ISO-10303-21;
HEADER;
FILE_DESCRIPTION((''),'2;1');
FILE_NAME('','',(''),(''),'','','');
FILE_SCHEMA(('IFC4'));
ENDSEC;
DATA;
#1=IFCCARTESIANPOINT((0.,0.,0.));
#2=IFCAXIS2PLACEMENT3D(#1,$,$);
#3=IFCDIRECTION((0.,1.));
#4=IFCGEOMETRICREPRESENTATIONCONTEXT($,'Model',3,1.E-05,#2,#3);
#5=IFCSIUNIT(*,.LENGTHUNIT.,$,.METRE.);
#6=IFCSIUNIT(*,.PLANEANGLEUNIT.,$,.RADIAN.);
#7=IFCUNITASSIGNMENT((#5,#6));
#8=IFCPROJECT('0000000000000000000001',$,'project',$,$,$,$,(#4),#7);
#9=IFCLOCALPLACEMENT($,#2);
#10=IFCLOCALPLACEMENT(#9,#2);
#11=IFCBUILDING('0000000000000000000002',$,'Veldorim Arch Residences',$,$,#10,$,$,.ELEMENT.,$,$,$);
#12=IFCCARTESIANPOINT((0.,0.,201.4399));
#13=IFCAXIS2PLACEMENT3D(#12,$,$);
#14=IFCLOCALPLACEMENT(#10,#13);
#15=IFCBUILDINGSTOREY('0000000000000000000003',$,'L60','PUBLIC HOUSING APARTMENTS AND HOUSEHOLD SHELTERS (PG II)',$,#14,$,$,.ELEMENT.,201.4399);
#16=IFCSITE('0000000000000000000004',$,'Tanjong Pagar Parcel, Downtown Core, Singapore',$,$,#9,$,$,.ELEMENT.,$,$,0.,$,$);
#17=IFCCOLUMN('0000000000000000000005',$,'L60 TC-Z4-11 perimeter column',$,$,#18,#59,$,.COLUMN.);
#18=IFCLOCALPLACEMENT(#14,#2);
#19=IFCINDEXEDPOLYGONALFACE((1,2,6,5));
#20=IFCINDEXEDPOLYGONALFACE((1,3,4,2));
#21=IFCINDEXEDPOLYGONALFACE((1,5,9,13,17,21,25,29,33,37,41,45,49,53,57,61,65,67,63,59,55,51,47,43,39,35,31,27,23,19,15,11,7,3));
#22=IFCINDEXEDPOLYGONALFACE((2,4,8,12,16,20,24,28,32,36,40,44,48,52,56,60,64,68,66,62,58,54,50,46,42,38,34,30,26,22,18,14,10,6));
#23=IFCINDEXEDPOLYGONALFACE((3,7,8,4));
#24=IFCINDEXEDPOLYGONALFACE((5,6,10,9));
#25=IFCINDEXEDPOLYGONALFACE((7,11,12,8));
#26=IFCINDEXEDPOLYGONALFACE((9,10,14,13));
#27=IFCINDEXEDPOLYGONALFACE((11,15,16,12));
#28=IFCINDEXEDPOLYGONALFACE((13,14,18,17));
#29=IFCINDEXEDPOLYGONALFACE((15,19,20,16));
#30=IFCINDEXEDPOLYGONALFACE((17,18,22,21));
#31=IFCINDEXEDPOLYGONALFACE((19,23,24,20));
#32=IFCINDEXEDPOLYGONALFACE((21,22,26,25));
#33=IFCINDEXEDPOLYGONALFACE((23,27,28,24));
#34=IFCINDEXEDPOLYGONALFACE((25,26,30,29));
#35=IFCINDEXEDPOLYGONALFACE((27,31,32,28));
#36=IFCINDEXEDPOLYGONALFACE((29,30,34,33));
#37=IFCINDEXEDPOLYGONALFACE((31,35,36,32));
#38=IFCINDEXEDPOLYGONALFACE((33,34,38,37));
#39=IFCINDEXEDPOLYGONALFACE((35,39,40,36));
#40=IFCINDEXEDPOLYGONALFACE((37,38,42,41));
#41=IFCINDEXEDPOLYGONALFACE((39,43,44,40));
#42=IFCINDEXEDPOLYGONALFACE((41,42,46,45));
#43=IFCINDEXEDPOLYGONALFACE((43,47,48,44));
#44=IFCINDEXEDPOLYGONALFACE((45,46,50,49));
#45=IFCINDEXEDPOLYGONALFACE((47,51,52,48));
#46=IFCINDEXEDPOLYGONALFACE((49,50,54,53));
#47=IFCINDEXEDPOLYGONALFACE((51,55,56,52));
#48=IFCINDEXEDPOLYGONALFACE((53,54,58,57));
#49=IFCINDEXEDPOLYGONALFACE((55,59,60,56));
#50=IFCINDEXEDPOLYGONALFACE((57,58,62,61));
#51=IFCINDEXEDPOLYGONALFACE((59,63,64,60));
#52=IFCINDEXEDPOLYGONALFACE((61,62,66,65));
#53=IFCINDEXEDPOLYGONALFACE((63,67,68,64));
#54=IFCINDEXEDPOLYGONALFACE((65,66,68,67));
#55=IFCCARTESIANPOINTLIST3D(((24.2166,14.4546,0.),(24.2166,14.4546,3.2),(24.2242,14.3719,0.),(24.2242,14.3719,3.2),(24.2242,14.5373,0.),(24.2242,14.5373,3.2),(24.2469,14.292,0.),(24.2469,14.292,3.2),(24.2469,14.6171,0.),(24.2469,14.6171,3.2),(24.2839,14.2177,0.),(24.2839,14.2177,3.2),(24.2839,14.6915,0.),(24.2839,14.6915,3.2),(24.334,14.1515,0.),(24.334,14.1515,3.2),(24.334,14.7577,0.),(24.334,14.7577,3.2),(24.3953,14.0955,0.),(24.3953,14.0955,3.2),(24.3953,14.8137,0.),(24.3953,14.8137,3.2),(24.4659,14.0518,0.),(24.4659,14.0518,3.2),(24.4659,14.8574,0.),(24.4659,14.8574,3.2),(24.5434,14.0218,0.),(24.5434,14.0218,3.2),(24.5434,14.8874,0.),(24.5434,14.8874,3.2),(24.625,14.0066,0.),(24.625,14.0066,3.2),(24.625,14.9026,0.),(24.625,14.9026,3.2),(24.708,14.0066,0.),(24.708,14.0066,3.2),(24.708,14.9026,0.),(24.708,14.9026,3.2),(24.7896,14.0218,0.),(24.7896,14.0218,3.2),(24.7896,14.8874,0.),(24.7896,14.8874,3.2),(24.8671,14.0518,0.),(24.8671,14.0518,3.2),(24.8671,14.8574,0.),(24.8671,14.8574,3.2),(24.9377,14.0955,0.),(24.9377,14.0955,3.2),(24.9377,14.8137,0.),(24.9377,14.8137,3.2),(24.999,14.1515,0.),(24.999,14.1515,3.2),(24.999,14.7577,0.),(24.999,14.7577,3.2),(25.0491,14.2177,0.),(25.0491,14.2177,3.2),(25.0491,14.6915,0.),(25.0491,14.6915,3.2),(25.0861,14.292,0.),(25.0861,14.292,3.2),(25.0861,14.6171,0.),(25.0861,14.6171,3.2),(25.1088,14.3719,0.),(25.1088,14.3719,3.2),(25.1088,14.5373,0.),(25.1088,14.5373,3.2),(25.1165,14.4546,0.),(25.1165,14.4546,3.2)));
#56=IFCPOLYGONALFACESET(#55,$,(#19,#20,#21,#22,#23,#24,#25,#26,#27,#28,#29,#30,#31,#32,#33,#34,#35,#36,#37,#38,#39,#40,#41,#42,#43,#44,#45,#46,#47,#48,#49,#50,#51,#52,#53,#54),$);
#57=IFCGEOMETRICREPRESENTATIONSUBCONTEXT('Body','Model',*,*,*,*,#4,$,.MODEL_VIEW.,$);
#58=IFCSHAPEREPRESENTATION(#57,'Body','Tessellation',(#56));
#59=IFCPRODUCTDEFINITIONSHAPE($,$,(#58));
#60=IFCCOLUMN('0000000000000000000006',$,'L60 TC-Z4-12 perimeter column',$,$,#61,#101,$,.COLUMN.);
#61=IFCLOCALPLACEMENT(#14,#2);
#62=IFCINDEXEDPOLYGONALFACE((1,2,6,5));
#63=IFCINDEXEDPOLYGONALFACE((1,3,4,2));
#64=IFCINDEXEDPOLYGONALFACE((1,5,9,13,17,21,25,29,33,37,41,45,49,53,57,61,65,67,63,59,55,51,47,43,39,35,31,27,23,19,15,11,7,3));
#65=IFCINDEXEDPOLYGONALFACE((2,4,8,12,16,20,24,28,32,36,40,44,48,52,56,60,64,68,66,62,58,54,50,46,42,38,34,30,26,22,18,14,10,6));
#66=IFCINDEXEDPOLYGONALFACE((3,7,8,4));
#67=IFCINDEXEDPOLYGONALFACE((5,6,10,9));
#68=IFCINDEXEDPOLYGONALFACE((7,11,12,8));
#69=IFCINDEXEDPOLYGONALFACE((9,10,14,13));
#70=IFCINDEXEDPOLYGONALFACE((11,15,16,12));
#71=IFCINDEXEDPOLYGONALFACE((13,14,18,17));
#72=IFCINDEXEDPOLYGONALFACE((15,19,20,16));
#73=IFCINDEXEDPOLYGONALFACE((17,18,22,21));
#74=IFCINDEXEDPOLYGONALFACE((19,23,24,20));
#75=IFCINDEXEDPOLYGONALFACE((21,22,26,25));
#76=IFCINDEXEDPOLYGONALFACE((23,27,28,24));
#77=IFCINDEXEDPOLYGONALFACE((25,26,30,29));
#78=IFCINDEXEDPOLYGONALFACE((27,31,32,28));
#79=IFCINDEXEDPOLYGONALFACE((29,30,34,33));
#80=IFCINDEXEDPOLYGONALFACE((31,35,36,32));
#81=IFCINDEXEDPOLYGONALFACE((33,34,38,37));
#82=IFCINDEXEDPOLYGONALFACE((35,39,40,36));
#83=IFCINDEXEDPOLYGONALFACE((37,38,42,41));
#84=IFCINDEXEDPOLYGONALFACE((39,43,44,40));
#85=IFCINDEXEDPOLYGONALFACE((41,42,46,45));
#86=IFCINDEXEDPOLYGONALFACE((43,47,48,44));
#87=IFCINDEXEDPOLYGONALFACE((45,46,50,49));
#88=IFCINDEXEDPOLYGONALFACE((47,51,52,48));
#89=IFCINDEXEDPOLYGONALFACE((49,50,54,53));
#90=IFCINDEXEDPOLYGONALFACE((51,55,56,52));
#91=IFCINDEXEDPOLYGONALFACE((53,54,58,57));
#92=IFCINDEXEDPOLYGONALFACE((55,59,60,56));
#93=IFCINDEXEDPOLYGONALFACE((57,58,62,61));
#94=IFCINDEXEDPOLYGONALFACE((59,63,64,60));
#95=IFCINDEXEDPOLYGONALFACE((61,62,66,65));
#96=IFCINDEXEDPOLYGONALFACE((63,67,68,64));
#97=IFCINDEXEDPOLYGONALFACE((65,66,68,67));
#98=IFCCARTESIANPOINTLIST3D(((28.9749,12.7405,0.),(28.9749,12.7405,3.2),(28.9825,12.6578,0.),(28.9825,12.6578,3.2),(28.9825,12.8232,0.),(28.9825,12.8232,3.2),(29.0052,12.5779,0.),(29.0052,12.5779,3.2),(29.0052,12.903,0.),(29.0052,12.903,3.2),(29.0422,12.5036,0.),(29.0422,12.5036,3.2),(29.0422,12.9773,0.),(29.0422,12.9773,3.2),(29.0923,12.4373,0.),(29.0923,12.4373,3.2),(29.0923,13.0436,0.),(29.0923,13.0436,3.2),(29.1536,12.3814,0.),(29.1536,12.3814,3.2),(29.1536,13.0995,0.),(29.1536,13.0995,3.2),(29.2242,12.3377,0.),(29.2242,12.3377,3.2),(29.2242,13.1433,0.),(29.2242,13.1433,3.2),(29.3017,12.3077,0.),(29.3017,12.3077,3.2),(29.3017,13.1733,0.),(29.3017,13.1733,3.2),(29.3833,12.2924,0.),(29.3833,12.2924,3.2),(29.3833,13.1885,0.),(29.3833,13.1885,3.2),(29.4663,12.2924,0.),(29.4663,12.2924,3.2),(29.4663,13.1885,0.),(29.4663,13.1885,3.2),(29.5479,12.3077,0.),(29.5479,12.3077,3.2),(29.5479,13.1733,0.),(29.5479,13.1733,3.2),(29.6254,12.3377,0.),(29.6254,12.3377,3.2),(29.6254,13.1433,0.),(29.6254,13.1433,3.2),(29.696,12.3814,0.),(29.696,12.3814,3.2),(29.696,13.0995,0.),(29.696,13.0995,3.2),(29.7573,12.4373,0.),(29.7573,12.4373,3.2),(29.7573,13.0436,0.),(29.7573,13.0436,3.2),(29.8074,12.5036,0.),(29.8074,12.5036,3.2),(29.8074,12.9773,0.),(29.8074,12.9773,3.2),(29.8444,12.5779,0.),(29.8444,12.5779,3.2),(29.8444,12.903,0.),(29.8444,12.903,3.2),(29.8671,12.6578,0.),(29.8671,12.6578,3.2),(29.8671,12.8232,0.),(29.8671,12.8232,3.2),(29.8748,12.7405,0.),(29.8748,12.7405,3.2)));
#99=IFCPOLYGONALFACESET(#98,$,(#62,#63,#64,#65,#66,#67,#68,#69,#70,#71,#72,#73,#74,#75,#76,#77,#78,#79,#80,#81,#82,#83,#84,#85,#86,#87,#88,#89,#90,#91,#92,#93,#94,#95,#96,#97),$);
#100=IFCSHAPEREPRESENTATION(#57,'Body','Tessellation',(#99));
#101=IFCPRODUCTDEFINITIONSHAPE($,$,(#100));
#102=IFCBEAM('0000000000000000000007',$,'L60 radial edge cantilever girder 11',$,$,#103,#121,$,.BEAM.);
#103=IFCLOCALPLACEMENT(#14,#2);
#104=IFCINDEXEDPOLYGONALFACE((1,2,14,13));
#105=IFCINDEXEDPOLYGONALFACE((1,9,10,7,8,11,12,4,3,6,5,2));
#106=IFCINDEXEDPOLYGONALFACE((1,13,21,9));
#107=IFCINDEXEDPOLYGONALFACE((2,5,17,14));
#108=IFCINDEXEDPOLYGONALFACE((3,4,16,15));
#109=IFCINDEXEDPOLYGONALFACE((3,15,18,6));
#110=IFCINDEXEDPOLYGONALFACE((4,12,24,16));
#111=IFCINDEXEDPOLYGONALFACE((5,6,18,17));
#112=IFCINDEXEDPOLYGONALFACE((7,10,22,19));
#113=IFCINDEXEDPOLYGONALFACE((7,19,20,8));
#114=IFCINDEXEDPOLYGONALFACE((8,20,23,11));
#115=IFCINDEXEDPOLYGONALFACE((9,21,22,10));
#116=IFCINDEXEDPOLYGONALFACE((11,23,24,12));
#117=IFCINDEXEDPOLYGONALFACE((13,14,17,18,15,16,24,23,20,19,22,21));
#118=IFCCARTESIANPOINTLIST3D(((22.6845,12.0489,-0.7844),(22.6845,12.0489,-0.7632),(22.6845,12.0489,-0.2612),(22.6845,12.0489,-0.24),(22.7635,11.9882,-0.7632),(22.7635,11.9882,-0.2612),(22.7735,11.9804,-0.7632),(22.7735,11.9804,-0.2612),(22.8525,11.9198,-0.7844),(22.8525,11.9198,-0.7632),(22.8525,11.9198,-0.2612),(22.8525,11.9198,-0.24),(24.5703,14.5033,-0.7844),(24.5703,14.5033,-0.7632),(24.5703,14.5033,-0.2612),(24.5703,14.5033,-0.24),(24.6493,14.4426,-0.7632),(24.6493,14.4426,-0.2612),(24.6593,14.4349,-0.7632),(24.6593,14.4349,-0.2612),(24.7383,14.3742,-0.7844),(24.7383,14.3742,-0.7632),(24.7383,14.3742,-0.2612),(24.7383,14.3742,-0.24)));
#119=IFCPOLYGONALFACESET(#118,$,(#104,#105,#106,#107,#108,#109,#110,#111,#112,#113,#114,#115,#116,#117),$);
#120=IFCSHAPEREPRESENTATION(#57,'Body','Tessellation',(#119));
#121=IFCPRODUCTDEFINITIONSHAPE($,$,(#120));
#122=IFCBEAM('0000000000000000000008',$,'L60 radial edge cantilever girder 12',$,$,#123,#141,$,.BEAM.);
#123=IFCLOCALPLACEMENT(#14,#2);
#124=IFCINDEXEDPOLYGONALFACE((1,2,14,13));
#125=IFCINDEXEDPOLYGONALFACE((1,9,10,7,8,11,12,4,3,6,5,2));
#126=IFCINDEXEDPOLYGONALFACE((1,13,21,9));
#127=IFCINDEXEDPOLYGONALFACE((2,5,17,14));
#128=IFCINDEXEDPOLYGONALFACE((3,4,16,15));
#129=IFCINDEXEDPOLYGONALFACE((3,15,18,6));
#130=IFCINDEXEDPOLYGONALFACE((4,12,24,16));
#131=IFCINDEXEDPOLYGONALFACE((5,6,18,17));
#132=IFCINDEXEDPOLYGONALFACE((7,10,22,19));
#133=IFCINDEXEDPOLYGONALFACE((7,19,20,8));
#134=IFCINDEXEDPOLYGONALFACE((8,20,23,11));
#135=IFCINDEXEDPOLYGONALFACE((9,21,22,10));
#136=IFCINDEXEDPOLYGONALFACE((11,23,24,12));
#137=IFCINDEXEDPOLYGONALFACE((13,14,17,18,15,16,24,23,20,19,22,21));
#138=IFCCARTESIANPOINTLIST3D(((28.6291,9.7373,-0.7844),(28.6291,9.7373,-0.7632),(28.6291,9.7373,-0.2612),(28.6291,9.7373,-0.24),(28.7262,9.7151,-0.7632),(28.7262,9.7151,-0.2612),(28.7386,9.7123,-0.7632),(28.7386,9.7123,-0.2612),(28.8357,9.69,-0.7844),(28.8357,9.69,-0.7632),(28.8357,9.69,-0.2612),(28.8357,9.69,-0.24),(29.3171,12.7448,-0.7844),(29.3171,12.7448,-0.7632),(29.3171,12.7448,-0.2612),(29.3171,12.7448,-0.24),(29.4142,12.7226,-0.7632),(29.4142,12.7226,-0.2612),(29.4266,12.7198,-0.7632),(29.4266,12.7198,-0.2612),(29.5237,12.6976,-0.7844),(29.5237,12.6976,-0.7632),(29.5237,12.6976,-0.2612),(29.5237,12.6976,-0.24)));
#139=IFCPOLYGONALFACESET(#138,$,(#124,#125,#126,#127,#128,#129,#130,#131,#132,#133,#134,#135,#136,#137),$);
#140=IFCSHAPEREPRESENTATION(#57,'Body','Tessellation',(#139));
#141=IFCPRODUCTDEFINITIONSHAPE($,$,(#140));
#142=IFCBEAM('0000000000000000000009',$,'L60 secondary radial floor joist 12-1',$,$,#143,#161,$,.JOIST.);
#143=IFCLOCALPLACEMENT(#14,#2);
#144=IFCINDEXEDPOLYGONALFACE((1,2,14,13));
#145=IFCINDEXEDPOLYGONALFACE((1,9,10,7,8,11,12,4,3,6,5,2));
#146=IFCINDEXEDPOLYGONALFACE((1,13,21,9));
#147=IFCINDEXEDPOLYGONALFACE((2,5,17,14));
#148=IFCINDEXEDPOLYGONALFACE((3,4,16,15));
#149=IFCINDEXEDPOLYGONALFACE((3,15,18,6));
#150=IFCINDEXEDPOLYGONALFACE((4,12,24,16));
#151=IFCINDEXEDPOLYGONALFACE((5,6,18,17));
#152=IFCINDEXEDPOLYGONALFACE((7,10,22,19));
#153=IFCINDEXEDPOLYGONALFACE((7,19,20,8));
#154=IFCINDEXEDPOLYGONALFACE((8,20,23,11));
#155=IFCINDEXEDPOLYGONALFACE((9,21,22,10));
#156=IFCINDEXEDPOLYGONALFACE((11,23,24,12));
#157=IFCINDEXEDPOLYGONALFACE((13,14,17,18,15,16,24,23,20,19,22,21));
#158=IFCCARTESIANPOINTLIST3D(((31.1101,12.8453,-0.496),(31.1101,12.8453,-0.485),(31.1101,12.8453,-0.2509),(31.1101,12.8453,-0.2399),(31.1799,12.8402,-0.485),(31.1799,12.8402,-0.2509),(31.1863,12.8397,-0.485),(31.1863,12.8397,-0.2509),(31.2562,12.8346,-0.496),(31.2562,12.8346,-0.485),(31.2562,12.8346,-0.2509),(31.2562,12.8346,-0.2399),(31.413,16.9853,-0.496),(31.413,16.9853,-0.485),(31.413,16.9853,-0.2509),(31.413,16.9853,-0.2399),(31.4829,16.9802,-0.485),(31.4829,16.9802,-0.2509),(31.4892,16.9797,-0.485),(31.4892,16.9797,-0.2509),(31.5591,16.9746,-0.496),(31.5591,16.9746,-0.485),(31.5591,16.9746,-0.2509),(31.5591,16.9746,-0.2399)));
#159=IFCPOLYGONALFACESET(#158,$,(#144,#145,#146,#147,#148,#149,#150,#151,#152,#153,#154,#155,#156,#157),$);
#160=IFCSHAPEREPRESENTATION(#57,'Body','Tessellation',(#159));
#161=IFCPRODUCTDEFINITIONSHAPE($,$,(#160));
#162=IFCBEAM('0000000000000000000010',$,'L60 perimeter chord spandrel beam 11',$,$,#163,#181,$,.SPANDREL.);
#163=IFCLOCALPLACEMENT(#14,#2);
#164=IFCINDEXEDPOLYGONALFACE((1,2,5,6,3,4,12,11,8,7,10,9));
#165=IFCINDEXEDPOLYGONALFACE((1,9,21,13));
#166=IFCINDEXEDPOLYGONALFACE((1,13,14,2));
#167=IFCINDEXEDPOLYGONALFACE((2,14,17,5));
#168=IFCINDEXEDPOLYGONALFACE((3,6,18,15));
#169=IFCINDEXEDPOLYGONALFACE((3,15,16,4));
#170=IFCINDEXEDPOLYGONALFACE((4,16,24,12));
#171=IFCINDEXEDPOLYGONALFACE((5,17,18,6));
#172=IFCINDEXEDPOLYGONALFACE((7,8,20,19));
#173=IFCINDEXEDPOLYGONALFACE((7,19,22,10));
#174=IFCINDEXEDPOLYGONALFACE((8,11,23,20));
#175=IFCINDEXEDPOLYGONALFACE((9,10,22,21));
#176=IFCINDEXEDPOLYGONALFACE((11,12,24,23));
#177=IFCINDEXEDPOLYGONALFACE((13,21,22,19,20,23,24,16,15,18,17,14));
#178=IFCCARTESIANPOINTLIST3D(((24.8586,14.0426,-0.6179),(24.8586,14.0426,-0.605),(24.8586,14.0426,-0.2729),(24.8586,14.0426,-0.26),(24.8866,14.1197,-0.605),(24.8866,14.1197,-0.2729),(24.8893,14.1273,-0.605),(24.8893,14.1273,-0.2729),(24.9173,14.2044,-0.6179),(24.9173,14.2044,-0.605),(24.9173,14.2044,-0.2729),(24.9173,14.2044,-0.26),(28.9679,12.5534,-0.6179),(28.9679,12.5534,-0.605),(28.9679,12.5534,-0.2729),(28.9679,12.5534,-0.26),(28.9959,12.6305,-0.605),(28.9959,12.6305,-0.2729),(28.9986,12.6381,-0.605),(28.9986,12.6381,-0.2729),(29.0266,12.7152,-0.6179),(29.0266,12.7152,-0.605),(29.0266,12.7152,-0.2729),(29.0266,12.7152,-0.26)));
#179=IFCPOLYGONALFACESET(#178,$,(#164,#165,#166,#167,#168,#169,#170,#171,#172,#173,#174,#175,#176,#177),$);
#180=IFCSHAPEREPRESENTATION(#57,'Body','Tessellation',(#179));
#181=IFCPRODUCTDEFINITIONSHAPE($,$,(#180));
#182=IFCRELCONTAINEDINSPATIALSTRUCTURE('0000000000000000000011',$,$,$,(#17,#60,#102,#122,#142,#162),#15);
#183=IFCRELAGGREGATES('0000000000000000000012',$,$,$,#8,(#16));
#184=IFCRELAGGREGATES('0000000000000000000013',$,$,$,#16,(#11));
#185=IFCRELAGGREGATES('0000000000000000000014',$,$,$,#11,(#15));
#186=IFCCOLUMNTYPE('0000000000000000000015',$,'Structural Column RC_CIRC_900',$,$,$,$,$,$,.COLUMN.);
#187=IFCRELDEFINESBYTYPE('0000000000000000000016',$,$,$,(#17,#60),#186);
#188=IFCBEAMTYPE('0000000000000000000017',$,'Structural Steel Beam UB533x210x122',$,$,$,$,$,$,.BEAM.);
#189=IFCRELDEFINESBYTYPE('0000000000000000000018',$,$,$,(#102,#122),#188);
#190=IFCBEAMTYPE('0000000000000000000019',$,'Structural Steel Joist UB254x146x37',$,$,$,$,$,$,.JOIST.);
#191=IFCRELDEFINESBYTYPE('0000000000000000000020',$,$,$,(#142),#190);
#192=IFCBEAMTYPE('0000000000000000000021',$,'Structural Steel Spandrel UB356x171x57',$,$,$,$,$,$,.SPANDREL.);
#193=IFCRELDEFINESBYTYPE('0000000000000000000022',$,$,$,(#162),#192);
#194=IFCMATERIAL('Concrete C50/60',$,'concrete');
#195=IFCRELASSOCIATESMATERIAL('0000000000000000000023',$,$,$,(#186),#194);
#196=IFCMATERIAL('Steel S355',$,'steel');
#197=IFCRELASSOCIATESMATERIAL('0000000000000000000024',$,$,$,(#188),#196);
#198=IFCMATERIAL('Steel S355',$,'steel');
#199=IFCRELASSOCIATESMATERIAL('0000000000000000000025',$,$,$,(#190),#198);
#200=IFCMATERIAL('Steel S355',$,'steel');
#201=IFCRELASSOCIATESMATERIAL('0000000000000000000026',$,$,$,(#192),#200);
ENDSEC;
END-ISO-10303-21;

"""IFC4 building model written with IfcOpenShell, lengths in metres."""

from ifc_helpers import new_model, si_unit, direction, frame, origin, origin_2d, place, context, subcontext, project, spatial, circle, i_section, extrude, material, material_profile, profile_set, type_object, element, save


model = new_model("IFC4")

# Units and contexts
model_context = context("Model", 3, precision=1e-05, world=origin(), true_north=direction((0.0, 1.0)))
body_context = subcontext(model_context, "Body", "Model", "MODEL_VIEW")
ifc_project = project(units=[si_unit("LENGTHUNIT", "METRE"), si_unit("PLANEANGLEUNIT", "RADIAN")], contexts=[model_context])

# Site, building, storey
site_placement = place(None, origin())
site = spatial("IfcSite", under=ifc_project, at=site_placement, Name="Tanjong Pagar Parcel, Downtown Core, Singapore", CompositionType="ELEMENT", RefElevation=0.0)
building_placement = place(site_placement, origin())
building = spatial("IfcBuilding", under=site, at=building_placement, Name="Veldorim Arch Residences", CompositionType="ELEMENT")
storey_placement = place(building_placement, frame((0.0, 0.0, 201.4399)))
storey = spatial("IfcBuildingStorey", under=building, at=storey_placement, Name="L60", Description="PUBLIC HOUSING APARTMENTS AND HOUSEHOLD SHELTERS (PG II)", CompositionType="ELEMENT", Elevation=201.4399)

# Columns
ifc_material_1 = material(Name="Concrete C50/60", Category="concrete")
ifc_material_profile_1 = material_profile(ifc_material_1, circle(Radius=0.45, at=origin_2d()), Name="RC_CIRC_900")
ifc_profile_set_1 = profile_set([ifc_material_profile_1], Name="Concrete C50/60")
column_type = type_object("IfcColumnType", Name="Structural Column RC_CIRC_900", PredefinedType="COLUMN", material=ifc_profile_set_1)
for number, where, z_axis, x_axis, name in (
    (1, (24.6665, 14.4546, 0.0), (0.0, 0.0, 1.0), (1.0, 0.0, 0.0), "L60 TC-Z4-11 perimeter column"),
    (2, (29.4248, 12.7405, 0.0), (0.0, 0.0, 1.0), (1.0, 0.0, 0.0), "L60 TC-Z4-12 perimeter column"),
):
    element("IfcColumn", number, at=place(storey_placement, frame(where, z_axis=z_axis, x_axis=x_axis)), inside=storey, type_object=column_type, Name=name, PredefinedType="COLUMN", context=body_context, shape_type="SweptSolid", body=[
        extrude(circle(Radius=0.45, at=origin_2d()), origin(), (0.0, 0.0, 1.0), 3.2),
    ])

# Beams
ifc_material_2 = material(Name="Steel S355", Category="steel")
ifc_material_profile_2 = material_profile(ifc_material_2, i_section(OverallWidth=0.2119, OverallDepth=0.5444, WebThickness=0.0127, FlangeThickness=0.0212, at=origin_2d()), Name="UB533x210x122")
ifc_profile_set_2 = profile_set([ifc_material_profile_2], Name="Steel S355")
beam_type_1 = type_object("IfcBeamType", Name="Structural Steel Beam UB533x210x122", PredefinedType="BEAM", material=ifc_profile_set_2)
beam_1_placement = place(storey_placement, frame((24.6543, 14.4387, -0.5122), z_axis=(-0.609261, -0.79297, 0.0), x_axis=(0.79297, -0.609261, 0.0)))
element("IfcBeam", 3, at=beam_1_placement, inside=storey, type_object=beam_type_1, Name="L60 radial edge cantilever girder 11", PredefinedType="BEAM", context=body_context, shape_type="SweptSolid", body=[
    extrude(i_section(OverallWidth=0.2119, OverallDepth=0.5444, WebThickness=0.0127, FlangeThickness=0.0212, at=origin_2d()), origin(), (0.0, 0.0, 1.0), 3.0952),
])
beam_2_placement = place(storey_placement, frame((29.4204, 12.7212, -0.5122), z_axis=(-0.222992, -0.97482, 0.0), x_axis=(0.97482, -0.222992, 0.0)))
element("IfcBeam", 4, at=beam_2_placement, inside=storey, type_object=beam_type_1, Name="L60 radial edge cantilever girder 12", PredefinedType="BEAM", context=body_context, shape_type="SweptSolid", body=[
    extrude(i_section(OverallWidth=0.2119, OverallDepth=0.5444, WebThickness=0.0127, FlangeThickness=0.0212, at=origin_2d()), origin(), (0.0, 0.0, 1.0), 3.0852),
])
ifc_material_3 = material(Name="Steel S355", Category="steel")
ifc_material_profile_3 = material_profile(ifc_material_3, i_section(OverallWidth=0.1465, OverallDepth=0.2561, WebThickness=0.0063, FlangeThickness=0.011, at=origin_2d()), Name="UB254x146x37")
ifc_profile_set_3 = profile_set([ifc_material_profile_3], Name="Steel S355")
beam_type_2 = type_object("IfcBeamType", Name="Structural Steel Joist UB254x146x37", PredefinedType="JOIST", material=ifc_profile_set_3)
beam_3_placement = place(storey_placement, frame((31.4861, 16.98, -0.3679), z_axis=(-0.072986, -0.997333, 0.0), x_axis=(0.997333, -0.072986, 0.0)))
element("IfcBeam", 5, at=beam_3_placement, inside=storey, type_object=beam_type_2, Name="L60 secondary radial floor joist 12-1", PredefinedType="JOIST", context=body_context, shape_type="SweptSolid", body=[
    extrude(i_section(OverallWidth=0.1465, OverallDepth=0.2561, WebThickness=0.0063, FlangeThickness=0.011, at=origin_2d()), origin(), (0.0, 0.0, 1.0), 4.1511),
])
ifc_material_4 = material(Name="Steel S355", Category="steel")
ifc_material_profile_4 = material_profile(ifc_material_4, i_section(OverallWidth=0.1721, OverallDepth=0.3579, WebThickness=0.0081, FlangeThickness=0.0129, at=origin_2d()), Name="UB356x171x57")
ifc_profile_set_4 = profile_set([ifc_material_profile_4], Name="Steel S355")
beam_type_3 = type_object("IfcBeamType", Name="Structural Steel Spandrel UB356x171x57", PredefinedType="SPANDREL", material=ifc_profile_set_4)
beam_4_placement = place(storey_placement, frame((24.8879, 14.1235, -0.439), z_axis=(0.940165, -0.34072, 0.0), x_axis=(0.34072, 0.940165, 0.0)))
element("IfcBeam", 6, at=beam_4_placement, inside=storey, type_object=beam_type_3, Name="L60 perimeter chord spandrel beam 11", PredefinedType="SPANDREL", context=body_context, shape_type="SweptSolid", body=[
    extrude(i_section(OverallWidth=0.1721, OverallDepth=0.3579, WebThickness=0.0081, FlangeThickness=0.0129, at=origin_2d()), origin(), (0.0, 0.0, 1.0), 4.3708),
])

save(model, "model.ifc")
